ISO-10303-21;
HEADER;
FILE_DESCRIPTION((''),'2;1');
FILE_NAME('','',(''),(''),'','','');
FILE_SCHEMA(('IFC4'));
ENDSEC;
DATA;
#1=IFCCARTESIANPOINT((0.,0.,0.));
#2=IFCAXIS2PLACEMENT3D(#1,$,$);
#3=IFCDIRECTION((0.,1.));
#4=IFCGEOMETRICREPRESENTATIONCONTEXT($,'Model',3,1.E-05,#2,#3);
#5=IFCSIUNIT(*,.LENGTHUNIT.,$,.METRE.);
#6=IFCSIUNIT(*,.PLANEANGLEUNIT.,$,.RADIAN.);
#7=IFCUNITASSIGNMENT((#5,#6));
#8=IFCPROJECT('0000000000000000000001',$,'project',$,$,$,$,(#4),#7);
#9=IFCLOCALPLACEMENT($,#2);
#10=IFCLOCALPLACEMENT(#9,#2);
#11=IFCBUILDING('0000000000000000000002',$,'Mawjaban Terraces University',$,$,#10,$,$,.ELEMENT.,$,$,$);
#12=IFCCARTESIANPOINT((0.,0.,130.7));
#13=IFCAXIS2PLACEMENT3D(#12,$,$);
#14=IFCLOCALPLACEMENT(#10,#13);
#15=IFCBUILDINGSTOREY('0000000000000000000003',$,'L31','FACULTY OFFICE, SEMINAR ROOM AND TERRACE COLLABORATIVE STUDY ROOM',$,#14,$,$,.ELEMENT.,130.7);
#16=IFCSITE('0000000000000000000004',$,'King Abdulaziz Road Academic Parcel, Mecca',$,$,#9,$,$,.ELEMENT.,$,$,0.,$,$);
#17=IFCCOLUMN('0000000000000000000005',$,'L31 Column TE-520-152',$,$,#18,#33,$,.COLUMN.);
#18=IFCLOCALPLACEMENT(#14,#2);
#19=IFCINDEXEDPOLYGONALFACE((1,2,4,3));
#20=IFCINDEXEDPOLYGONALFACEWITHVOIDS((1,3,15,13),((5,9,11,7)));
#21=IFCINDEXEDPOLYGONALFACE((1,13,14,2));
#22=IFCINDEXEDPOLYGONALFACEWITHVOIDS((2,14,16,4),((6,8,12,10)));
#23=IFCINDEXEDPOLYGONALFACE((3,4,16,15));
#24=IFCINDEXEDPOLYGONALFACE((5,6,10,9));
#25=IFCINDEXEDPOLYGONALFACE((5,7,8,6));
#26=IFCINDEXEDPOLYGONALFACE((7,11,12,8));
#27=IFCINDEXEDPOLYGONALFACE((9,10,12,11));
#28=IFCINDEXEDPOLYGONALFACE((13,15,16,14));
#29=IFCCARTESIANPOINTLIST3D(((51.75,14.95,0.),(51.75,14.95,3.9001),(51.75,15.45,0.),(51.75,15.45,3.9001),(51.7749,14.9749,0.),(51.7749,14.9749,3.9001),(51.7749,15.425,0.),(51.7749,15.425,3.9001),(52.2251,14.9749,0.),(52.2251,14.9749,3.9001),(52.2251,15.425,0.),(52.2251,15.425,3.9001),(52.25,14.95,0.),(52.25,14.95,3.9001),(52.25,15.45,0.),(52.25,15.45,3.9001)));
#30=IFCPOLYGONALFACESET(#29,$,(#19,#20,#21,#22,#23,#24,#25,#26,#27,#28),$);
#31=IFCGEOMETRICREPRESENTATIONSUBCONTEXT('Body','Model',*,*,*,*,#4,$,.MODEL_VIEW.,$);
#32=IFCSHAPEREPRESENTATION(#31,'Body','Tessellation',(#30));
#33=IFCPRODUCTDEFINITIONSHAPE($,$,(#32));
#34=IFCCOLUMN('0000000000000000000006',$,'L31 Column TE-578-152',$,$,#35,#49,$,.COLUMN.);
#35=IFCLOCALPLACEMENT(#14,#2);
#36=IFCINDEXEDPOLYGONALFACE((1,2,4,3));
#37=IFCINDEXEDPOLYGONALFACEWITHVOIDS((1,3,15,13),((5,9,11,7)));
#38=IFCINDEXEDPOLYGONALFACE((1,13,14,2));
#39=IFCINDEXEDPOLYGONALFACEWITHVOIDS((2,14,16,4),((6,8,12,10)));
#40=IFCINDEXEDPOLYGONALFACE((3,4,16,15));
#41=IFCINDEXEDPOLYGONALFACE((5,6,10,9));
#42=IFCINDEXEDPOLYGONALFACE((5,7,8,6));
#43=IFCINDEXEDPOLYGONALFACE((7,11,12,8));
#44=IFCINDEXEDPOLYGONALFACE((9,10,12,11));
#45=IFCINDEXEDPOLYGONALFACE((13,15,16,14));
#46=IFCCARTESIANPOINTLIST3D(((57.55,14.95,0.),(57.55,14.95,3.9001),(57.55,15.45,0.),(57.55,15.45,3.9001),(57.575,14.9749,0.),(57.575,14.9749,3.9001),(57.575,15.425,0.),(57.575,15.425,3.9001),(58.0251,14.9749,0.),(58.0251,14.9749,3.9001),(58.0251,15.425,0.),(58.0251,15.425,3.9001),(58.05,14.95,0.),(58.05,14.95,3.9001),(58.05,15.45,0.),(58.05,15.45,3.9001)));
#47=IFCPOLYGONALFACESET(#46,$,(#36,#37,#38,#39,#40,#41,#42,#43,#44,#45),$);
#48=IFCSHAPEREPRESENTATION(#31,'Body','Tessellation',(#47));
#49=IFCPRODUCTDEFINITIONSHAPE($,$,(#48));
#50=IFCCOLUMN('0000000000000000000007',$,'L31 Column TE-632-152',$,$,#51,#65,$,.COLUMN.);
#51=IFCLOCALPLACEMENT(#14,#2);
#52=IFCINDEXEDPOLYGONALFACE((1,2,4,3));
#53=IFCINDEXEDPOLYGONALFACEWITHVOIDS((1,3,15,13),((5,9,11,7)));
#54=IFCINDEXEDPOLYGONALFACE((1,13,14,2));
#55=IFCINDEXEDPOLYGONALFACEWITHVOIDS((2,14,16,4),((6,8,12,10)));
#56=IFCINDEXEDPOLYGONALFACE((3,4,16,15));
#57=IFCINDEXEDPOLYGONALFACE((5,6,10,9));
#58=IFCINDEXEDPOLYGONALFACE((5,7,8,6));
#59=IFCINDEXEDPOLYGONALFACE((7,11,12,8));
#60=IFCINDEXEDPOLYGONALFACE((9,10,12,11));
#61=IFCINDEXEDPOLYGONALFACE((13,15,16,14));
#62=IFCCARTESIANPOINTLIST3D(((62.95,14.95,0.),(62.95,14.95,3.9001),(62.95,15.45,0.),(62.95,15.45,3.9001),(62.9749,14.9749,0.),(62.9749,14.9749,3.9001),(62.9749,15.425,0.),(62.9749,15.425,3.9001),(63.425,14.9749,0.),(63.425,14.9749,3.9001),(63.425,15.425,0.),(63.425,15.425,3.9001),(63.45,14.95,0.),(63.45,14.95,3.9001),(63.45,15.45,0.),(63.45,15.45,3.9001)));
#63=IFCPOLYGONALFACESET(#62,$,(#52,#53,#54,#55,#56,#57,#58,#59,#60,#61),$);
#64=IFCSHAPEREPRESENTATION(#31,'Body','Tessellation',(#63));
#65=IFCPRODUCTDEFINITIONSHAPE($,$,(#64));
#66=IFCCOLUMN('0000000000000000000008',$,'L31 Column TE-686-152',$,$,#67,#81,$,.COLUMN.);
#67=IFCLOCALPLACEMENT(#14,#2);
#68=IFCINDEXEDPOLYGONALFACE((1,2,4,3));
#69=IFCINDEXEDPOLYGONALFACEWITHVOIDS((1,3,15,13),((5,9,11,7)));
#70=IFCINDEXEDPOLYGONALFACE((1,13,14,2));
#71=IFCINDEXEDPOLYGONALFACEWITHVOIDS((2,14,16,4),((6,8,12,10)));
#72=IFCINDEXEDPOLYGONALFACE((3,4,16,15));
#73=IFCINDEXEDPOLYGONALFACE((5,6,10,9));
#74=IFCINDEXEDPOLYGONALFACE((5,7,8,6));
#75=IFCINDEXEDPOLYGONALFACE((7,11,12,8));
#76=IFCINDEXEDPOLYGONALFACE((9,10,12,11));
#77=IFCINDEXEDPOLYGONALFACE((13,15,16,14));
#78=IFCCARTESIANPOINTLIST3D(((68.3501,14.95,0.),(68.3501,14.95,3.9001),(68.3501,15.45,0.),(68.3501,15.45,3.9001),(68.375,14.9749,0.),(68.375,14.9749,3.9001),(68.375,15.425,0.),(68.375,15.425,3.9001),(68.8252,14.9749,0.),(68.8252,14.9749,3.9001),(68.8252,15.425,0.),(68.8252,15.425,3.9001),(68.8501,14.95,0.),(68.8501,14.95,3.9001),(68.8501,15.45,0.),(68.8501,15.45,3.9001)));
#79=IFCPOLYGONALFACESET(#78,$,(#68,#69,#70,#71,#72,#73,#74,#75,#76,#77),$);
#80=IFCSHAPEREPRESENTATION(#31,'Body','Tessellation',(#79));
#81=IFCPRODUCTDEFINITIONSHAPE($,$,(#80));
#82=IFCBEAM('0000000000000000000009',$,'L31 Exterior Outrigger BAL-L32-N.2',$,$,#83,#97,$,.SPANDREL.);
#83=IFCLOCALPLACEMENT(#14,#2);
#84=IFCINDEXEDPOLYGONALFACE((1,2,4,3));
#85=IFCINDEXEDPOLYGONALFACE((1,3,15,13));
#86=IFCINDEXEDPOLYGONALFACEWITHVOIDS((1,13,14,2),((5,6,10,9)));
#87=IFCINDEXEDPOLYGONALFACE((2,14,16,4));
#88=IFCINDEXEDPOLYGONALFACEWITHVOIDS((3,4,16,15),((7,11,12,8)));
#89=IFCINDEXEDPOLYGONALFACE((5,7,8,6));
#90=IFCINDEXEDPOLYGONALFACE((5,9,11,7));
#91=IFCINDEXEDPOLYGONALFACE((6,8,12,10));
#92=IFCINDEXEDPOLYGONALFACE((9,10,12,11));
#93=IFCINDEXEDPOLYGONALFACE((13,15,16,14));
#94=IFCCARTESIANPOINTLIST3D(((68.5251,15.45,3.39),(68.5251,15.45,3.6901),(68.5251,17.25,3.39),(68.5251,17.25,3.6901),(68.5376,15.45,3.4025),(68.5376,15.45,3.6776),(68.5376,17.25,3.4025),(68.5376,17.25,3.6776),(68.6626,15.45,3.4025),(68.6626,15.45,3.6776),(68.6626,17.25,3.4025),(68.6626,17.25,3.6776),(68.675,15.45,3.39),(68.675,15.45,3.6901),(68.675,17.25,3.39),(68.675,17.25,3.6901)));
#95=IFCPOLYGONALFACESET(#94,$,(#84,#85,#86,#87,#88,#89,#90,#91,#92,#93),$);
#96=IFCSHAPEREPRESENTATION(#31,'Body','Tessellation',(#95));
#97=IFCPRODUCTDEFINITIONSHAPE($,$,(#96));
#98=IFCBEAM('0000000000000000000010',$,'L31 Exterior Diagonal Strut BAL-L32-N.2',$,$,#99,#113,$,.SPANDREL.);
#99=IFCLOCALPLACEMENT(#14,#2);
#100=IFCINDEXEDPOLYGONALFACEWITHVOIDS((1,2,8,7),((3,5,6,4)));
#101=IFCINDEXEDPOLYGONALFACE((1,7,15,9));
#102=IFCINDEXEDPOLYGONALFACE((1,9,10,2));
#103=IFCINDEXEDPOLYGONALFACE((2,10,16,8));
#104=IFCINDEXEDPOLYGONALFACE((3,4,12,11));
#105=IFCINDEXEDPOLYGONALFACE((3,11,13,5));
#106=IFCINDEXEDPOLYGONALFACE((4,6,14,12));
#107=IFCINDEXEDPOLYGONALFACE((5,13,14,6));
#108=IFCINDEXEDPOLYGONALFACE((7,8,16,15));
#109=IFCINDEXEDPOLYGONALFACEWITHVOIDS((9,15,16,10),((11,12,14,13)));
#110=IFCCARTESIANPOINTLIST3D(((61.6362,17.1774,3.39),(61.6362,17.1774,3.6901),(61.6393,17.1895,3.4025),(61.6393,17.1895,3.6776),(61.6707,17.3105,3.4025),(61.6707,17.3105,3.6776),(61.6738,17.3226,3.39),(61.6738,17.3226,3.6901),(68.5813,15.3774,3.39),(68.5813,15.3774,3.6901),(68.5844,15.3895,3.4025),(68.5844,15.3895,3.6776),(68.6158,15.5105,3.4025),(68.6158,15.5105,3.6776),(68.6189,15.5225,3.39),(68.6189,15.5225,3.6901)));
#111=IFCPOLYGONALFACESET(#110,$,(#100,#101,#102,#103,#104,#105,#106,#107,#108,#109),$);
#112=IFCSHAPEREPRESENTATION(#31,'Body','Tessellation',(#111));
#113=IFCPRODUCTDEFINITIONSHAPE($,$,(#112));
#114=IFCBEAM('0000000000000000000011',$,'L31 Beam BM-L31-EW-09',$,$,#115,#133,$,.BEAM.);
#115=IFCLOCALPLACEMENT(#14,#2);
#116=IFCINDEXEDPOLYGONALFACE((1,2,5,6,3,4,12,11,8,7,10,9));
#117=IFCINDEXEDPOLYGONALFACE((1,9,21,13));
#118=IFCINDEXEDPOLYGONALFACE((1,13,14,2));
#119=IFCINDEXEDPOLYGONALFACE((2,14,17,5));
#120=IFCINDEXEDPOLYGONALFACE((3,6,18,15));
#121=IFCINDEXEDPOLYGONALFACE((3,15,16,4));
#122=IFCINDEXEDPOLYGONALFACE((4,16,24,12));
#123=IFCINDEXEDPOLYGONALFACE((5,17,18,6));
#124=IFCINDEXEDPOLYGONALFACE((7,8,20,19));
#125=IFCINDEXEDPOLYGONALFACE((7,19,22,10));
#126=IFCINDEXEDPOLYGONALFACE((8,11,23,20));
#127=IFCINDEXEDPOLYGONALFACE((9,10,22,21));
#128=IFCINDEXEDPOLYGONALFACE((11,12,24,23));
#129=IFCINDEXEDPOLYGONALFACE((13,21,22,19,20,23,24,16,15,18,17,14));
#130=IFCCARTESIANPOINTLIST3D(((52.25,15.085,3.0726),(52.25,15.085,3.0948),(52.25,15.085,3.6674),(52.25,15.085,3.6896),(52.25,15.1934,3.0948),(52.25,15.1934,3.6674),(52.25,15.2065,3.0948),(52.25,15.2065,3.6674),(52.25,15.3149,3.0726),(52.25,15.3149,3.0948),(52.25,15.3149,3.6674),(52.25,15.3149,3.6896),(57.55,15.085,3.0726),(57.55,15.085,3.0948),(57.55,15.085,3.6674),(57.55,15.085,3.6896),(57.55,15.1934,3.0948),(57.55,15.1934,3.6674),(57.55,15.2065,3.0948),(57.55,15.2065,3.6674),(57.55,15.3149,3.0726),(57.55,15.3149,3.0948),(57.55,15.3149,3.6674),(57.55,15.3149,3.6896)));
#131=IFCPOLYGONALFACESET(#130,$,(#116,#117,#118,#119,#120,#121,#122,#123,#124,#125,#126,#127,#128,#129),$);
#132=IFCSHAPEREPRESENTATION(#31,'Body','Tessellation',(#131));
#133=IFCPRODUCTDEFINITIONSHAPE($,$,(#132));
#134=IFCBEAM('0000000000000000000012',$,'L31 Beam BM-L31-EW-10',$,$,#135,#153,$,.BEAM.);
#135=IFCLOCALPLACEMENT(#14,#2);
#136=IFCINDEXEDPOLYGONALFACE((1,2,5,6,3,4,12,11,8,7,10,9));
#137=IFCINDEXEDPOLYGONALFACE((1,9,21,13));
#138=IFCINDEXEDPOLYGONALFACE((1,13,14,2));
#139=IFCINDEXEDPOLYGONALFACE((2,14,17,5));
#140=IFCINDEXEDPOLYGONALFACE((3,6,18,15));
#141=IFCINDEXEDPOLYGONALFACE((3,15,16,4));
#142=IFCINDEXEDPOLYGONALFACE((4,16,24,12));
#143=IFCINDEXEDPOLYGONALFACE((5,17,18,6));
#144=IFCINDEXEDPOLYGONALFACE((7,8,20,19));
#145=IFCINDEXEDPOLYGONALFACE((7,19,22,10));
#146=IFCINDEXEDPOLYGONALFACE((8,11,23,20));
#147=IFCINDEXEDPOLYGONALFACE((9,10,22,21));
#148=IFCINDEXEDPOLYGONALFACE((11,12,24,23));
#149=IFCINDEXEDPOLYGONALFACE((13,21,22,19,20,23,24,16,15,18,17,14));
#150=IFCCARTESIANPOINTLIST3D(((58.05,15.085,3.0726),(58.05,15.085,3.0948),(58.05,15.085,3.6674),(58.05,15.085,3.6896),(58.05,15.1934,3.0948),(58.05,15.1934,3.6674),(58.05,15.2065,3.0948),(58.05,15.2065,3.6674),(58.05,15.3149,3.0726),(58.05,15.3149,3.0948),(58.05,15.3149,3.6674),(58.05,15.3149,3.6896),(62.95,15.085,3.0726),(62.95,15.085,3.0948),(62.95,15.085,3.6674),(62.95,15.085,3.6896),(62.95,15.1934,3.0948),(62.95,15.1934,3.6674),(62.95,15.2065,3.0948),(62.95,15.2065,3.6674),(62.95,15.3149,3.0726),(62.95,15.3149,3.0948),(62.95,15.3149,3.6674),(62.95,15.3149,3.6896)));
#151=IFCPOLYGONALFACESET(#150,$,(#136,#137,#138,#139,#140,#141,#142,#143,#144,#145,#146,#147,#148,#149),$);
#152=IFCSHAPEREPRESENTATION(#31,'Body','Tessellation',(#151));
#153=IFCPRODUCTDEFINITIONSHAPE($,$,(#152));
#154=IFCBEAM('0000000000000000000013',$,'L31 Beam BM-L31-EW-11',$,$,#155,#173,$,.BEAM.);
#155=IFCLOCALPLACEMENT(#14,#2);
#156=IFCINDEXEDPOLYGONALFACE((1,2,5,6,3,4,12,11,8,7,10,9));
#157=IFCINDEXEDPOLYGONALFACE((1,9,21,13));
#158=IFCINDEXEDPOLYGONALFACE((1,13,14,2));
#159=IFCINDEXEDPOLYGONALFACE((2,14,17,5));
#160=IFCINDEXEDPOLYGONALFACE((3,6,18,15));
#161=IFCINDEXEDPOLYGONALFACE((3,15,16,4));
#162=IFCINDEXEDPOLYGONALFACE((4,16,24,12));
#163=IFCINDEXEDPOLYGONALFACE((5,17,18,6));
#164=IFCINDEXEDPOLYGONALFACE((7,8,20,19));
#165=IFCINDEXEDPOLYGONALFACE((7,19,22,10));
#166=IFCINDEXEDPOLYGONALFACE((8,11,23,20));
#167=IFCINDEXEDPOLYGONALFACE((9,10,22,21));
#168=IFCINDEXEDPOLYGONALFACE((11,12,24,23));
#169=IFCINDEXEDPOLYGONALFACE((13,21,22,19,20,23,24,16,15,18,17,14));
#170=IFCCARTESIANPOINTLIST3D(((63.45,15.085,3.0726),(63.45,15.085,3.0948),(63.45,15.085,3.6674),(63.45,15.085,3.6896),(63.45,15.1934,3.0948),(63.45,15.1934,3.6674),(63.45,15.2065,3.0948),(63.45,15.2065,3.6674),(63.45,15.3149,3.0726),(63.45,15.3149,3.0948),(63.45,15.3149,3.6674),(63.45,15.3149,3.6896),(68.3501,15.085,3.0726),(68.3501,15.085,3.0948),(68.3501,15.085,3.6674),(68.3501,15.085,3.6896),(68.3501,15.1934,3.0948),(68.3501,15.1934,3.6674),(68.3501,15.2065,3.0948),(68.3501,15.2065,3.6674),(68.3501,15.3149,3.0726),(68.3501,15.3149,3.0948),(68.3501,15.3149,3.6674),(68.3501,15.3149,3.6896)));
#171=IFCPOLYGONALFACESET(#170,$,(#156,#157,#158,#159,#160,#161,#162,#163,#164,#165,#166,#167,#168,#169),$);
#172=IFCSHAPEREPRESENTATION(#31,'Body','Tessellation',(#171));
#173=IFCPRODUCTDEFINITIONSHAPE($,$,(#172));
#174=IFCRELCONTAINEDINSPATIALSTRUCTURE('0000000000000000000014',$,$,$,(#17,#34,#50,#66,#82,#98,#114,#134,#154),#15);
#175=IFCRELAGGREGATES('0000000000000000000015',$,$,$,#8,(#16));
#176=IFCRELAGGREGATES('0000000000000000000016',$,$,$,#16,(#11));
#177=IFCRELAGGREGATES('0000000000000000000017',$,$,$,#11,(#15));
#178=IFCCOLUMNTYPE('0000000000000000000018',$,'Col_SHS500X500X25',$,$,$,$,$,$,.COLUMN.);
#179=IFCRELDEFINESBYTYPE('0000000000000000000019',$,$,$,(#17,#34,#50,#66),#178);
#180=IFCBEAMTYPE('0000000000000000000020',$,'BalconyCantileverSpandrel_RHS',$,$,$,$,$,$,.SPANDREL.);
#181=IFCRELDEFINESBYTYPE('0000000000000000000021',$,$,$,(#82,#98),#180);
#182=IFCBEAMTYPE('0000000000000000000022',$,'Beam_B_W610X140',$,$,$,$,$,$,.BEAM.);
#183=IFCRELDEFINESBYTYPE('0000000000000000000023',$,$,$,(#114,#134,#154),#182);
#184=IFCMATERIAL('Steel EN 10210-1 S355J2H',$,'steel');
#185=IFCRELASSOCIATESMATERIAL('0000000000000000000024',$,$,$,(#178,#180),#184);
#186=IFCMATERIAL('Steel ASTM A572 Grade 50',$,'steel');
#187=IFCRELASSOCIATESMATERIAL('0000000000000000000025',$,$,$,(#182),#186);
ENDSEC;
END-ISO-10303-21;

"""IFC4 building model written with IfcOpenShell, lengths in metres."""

from ifc_helpers import new_model, si_unit, direction, frame, origin, origin_2d, place, context, subcontext, project, spatial, hollow_rectangle, i_section, extrude, material, material_profile, profile_set, type_object, element, save


model = new_model("IFC4")

# Units and contexts
model_context = context("Model", 3, precision=1e-05, world=origin(), true_north=direction((0.0, 1.0)))
body_context = subcontext(model_context, "Body", "Model", "MODEL_VIEW")
ifc_project = project(units=[si_unit("LENGTHUNIT", "METRE"), si_unit("PLANEANGLEUNIT", "RADIAN")], contexts=[model_context])

# Site, building, storey
site_placement = place(None, origin())
site = spatial("IfcSite", under=ifc_project, at=site_placement, Name="King Abdulaziz Road Academic Parcel, Mecca", CompositionType="ELEMENT", RefElevation=0.0)
building_placement = place(site_placement, origin())
building = spatial("IfcBuilding", under=site, at=building_placement, Name="Mawjaban Terraces University", CompositionType="ELEMENT")
storey_placement = place(building_placement, frame((0.0, 0.0, 130.7)))
storey = spatial("IfcBuildingStorey", under=building, at=storey_placement, Name="L31", Description="FACULTY OFFICE, SEMINAR ROOM AND TERRACE COLLABORATIVE STUDY ROOM", CompositionType="ELEMENT", Elevation=130.7)

# Columns
ifc_material_1 = material(Name="Steel EN 10210-1 S355J2H", Category="steel")
ifc_material_profile_1 = material_profile(ifc_material_1, hollow_rectangle(XDim=0.5, YDim=0.5, WallThickness=0.0249, at=origin_2d()), Name="SHS500X500X25")
ifc_profile_set_1 = profile_set([ifc_material_profile_1], Name="Steel EN 10210-1 S355J2H")
column_type = type_object("IfcColumnType", Name="Col_SHS500X500X25", PredefinedType="COLUMN", material=ifc_profile_set_1)
for number, where, z_axis, x_axis, name in (
    (1, (52.0, 15.2, 0.0), (0.0, 0.0, 1.0), (1.0, 0.0, 0.0), "L31 Column TE-520-152"),
    (2, (57.8, 15.2, 0.0), (0.0, 0.0, 1.0), (1.0, 0.0, 0.0), "L31 Column TE-578-152"),
    (3, (63.2, 15.2, 0.0), (0.0, 0.0, 1.0), (1.0, 0.0, 0.0), "L31 Column TE-632-152"),
    (4, (68.6001, 15.2, 0.0), (0.0, 0.0, 1.0), (1.0, 0.0, 0.0), "L31 Column TE-686-152"),
):
    element("IfcColumn", number, at=place(storey_placement, frame(where, z_axis=z_axis, x_axis=x_axis)), inside=storey, type_object=column_type, Name=name, PredefinedType="COLUMN", context=body_context, shape_type="SweptSolid", body=[
        extrude(hollow_rectangle(XDim=0.5, YDim=0.5, WallThickness=0.0249, at=origin_2d()), origin(), (0.0, 0.0, 1.0), 3.9001),
    ])

# Beams
ifc_material_profile_2 = material_profile(ifc_material_1, hollow_rectangle(XDim=0.1499, YDim=0.3, WallThickness=0.0125, at=origin_2d()), Name="RHS300X150X12.5")
ifc_profile_set_2 = profile_set([ifc_material_profile_2], Name="Steel EN 10210-1 S355J2H")
beam_type_1 = type_object("IfcBeamType", Name="BalconyCantileverSpandrel_RHS", PredefinedType="SPANDREL", material=ifc_profile_set_2)
beam_1_placement = place(storey_placement, frame((68.6001, 15.45, 3.54), z_axis=(0.0, 1.0, 0.0), x_axis=(-1.0, 0.0, 0.0)))
element("IfcBeam", 5, at=beam_1_placement, inside=storey, type_object=beam_type_1, Name="L31 Exterior Outrigger BAL-L32-N.2", PredefinedType="SPANDREL", context=body_context, shape_type="SweptSolid", body=[
    extrude(hollow_rectangle(XDim=0.1499, YDim=0.3, WallThickness=0.0125, at=origin_2d()), origin(), (0.0, 0.0, 1.0), 1.8),
])
beam_2_placement = place(storey_placement, frame((68.6001, 15.45, 3.54), z_axis=(-0.968015, 0.250894, 0.0), x_axis=(-0.250894, -0.968015, 0.0)))
element("IfcBeam", 6, at=beam_2_placement, inside=storey, type_object=beam_type_1, Name="L31 Exterior Diagonal Strut BAL-L32-N.2", PredefinedType="SPANDREL", context=body_context, shape_type="SweptSolid", body=[
    extrude(hollow_rectangle(XDim=0.1499, YDim=0.3, WallThickness=0.0125, at=origin_2d()), origin(), (0.0, 0.0, 1.0), 7.1746),
])
ifc_material_2 = material(Name="Steel ASTM A572 Grade 50", Category="steel")
ifc_material_profile_3 = material_profile(ifc_material_2, i_section(OverallWidth=0.23, OverallDepth=0.6169, WebThickness=0.0132, FlangeThickness=0.0222, at=origin_2d()), Name="W610X140")
ifc_profile_set_3 = profile_set([ifc_material_profile_3], Name="Steel ASTM A572 Grade 50")
beam_type_2 = type_object("IfcBeamType", Name="Beam_B_W610X140", PredefinedType="BEAM", material=ifc_profile_set_3)
beam_3_placement = place(storey_placement, frame((52.25, 15.2, 3.3811), z_axis=(1.0, 0.0, 0.0), x_axis=(0.0, 1.0, 0.0)))
element("IfcBeam", 7, at=beam_3_placement, inside=storey, type_object=beam_type_2, Name="L31 Beam BM-L31-EW-09", PredefinedType="BEAM", context=body_context, shape_type="SweptSolid", body=[
    extrude(i_section(OverallWidth=0.23, OverallDepth=0.6169, WebThickness=0.0132, FlangeThickness=0.0222, at=origin_2d()), origin(), (0.0, 0.0, 1.0), 5.3),
])
beam_4_placement = place(storey_placement, frame((58.05, 15.2, 3.3811), z_axis=(1.0, 0.0, 0.0), x_axis=(0.0, 1.0, 0.0)))
element("IfcBeam", 8, at=beam_4_placement, inside=storey, type_object=beam_type_2, Name="L31 Beam BM-L31-EW-10", PredefinedType="BEAM", context=body_context, shape_type="SweptSolid", body=[
    extrude(i_section(OverallWidth=0.23, OverallDepth=0.6169, WebThickness=0.0132, FlangeThickness=0.0222, at=origin_2d()), origin(), (0.0, 0.0, 1.0), 4.8999),
])
beam_5_placement = place(storey_placement, frame((63.45, 15.2, 3.3811), z_axis=(1.0, 0.0, 0.0), x_axis=(0.0, 1.0, 0.0)))
element("IfcBeam", 9, at=beam_5_placement, inside=storey, type_object=beam_type_2, Name="L31 Beam BM-L31-EW-11", PredefinedType="BEAM", context=body_context, shape_type="SweptSolid", body=[
    extrude(i_section(OverallWidth=0.23, OverallDepth=0.6169, WebThickness=0.0132, FlangeThickness=0.0222, at=origin_2d()), origin(), (0.0, 0.0, 1.0), 4.9001),
])

save(model, "model.ifc")
